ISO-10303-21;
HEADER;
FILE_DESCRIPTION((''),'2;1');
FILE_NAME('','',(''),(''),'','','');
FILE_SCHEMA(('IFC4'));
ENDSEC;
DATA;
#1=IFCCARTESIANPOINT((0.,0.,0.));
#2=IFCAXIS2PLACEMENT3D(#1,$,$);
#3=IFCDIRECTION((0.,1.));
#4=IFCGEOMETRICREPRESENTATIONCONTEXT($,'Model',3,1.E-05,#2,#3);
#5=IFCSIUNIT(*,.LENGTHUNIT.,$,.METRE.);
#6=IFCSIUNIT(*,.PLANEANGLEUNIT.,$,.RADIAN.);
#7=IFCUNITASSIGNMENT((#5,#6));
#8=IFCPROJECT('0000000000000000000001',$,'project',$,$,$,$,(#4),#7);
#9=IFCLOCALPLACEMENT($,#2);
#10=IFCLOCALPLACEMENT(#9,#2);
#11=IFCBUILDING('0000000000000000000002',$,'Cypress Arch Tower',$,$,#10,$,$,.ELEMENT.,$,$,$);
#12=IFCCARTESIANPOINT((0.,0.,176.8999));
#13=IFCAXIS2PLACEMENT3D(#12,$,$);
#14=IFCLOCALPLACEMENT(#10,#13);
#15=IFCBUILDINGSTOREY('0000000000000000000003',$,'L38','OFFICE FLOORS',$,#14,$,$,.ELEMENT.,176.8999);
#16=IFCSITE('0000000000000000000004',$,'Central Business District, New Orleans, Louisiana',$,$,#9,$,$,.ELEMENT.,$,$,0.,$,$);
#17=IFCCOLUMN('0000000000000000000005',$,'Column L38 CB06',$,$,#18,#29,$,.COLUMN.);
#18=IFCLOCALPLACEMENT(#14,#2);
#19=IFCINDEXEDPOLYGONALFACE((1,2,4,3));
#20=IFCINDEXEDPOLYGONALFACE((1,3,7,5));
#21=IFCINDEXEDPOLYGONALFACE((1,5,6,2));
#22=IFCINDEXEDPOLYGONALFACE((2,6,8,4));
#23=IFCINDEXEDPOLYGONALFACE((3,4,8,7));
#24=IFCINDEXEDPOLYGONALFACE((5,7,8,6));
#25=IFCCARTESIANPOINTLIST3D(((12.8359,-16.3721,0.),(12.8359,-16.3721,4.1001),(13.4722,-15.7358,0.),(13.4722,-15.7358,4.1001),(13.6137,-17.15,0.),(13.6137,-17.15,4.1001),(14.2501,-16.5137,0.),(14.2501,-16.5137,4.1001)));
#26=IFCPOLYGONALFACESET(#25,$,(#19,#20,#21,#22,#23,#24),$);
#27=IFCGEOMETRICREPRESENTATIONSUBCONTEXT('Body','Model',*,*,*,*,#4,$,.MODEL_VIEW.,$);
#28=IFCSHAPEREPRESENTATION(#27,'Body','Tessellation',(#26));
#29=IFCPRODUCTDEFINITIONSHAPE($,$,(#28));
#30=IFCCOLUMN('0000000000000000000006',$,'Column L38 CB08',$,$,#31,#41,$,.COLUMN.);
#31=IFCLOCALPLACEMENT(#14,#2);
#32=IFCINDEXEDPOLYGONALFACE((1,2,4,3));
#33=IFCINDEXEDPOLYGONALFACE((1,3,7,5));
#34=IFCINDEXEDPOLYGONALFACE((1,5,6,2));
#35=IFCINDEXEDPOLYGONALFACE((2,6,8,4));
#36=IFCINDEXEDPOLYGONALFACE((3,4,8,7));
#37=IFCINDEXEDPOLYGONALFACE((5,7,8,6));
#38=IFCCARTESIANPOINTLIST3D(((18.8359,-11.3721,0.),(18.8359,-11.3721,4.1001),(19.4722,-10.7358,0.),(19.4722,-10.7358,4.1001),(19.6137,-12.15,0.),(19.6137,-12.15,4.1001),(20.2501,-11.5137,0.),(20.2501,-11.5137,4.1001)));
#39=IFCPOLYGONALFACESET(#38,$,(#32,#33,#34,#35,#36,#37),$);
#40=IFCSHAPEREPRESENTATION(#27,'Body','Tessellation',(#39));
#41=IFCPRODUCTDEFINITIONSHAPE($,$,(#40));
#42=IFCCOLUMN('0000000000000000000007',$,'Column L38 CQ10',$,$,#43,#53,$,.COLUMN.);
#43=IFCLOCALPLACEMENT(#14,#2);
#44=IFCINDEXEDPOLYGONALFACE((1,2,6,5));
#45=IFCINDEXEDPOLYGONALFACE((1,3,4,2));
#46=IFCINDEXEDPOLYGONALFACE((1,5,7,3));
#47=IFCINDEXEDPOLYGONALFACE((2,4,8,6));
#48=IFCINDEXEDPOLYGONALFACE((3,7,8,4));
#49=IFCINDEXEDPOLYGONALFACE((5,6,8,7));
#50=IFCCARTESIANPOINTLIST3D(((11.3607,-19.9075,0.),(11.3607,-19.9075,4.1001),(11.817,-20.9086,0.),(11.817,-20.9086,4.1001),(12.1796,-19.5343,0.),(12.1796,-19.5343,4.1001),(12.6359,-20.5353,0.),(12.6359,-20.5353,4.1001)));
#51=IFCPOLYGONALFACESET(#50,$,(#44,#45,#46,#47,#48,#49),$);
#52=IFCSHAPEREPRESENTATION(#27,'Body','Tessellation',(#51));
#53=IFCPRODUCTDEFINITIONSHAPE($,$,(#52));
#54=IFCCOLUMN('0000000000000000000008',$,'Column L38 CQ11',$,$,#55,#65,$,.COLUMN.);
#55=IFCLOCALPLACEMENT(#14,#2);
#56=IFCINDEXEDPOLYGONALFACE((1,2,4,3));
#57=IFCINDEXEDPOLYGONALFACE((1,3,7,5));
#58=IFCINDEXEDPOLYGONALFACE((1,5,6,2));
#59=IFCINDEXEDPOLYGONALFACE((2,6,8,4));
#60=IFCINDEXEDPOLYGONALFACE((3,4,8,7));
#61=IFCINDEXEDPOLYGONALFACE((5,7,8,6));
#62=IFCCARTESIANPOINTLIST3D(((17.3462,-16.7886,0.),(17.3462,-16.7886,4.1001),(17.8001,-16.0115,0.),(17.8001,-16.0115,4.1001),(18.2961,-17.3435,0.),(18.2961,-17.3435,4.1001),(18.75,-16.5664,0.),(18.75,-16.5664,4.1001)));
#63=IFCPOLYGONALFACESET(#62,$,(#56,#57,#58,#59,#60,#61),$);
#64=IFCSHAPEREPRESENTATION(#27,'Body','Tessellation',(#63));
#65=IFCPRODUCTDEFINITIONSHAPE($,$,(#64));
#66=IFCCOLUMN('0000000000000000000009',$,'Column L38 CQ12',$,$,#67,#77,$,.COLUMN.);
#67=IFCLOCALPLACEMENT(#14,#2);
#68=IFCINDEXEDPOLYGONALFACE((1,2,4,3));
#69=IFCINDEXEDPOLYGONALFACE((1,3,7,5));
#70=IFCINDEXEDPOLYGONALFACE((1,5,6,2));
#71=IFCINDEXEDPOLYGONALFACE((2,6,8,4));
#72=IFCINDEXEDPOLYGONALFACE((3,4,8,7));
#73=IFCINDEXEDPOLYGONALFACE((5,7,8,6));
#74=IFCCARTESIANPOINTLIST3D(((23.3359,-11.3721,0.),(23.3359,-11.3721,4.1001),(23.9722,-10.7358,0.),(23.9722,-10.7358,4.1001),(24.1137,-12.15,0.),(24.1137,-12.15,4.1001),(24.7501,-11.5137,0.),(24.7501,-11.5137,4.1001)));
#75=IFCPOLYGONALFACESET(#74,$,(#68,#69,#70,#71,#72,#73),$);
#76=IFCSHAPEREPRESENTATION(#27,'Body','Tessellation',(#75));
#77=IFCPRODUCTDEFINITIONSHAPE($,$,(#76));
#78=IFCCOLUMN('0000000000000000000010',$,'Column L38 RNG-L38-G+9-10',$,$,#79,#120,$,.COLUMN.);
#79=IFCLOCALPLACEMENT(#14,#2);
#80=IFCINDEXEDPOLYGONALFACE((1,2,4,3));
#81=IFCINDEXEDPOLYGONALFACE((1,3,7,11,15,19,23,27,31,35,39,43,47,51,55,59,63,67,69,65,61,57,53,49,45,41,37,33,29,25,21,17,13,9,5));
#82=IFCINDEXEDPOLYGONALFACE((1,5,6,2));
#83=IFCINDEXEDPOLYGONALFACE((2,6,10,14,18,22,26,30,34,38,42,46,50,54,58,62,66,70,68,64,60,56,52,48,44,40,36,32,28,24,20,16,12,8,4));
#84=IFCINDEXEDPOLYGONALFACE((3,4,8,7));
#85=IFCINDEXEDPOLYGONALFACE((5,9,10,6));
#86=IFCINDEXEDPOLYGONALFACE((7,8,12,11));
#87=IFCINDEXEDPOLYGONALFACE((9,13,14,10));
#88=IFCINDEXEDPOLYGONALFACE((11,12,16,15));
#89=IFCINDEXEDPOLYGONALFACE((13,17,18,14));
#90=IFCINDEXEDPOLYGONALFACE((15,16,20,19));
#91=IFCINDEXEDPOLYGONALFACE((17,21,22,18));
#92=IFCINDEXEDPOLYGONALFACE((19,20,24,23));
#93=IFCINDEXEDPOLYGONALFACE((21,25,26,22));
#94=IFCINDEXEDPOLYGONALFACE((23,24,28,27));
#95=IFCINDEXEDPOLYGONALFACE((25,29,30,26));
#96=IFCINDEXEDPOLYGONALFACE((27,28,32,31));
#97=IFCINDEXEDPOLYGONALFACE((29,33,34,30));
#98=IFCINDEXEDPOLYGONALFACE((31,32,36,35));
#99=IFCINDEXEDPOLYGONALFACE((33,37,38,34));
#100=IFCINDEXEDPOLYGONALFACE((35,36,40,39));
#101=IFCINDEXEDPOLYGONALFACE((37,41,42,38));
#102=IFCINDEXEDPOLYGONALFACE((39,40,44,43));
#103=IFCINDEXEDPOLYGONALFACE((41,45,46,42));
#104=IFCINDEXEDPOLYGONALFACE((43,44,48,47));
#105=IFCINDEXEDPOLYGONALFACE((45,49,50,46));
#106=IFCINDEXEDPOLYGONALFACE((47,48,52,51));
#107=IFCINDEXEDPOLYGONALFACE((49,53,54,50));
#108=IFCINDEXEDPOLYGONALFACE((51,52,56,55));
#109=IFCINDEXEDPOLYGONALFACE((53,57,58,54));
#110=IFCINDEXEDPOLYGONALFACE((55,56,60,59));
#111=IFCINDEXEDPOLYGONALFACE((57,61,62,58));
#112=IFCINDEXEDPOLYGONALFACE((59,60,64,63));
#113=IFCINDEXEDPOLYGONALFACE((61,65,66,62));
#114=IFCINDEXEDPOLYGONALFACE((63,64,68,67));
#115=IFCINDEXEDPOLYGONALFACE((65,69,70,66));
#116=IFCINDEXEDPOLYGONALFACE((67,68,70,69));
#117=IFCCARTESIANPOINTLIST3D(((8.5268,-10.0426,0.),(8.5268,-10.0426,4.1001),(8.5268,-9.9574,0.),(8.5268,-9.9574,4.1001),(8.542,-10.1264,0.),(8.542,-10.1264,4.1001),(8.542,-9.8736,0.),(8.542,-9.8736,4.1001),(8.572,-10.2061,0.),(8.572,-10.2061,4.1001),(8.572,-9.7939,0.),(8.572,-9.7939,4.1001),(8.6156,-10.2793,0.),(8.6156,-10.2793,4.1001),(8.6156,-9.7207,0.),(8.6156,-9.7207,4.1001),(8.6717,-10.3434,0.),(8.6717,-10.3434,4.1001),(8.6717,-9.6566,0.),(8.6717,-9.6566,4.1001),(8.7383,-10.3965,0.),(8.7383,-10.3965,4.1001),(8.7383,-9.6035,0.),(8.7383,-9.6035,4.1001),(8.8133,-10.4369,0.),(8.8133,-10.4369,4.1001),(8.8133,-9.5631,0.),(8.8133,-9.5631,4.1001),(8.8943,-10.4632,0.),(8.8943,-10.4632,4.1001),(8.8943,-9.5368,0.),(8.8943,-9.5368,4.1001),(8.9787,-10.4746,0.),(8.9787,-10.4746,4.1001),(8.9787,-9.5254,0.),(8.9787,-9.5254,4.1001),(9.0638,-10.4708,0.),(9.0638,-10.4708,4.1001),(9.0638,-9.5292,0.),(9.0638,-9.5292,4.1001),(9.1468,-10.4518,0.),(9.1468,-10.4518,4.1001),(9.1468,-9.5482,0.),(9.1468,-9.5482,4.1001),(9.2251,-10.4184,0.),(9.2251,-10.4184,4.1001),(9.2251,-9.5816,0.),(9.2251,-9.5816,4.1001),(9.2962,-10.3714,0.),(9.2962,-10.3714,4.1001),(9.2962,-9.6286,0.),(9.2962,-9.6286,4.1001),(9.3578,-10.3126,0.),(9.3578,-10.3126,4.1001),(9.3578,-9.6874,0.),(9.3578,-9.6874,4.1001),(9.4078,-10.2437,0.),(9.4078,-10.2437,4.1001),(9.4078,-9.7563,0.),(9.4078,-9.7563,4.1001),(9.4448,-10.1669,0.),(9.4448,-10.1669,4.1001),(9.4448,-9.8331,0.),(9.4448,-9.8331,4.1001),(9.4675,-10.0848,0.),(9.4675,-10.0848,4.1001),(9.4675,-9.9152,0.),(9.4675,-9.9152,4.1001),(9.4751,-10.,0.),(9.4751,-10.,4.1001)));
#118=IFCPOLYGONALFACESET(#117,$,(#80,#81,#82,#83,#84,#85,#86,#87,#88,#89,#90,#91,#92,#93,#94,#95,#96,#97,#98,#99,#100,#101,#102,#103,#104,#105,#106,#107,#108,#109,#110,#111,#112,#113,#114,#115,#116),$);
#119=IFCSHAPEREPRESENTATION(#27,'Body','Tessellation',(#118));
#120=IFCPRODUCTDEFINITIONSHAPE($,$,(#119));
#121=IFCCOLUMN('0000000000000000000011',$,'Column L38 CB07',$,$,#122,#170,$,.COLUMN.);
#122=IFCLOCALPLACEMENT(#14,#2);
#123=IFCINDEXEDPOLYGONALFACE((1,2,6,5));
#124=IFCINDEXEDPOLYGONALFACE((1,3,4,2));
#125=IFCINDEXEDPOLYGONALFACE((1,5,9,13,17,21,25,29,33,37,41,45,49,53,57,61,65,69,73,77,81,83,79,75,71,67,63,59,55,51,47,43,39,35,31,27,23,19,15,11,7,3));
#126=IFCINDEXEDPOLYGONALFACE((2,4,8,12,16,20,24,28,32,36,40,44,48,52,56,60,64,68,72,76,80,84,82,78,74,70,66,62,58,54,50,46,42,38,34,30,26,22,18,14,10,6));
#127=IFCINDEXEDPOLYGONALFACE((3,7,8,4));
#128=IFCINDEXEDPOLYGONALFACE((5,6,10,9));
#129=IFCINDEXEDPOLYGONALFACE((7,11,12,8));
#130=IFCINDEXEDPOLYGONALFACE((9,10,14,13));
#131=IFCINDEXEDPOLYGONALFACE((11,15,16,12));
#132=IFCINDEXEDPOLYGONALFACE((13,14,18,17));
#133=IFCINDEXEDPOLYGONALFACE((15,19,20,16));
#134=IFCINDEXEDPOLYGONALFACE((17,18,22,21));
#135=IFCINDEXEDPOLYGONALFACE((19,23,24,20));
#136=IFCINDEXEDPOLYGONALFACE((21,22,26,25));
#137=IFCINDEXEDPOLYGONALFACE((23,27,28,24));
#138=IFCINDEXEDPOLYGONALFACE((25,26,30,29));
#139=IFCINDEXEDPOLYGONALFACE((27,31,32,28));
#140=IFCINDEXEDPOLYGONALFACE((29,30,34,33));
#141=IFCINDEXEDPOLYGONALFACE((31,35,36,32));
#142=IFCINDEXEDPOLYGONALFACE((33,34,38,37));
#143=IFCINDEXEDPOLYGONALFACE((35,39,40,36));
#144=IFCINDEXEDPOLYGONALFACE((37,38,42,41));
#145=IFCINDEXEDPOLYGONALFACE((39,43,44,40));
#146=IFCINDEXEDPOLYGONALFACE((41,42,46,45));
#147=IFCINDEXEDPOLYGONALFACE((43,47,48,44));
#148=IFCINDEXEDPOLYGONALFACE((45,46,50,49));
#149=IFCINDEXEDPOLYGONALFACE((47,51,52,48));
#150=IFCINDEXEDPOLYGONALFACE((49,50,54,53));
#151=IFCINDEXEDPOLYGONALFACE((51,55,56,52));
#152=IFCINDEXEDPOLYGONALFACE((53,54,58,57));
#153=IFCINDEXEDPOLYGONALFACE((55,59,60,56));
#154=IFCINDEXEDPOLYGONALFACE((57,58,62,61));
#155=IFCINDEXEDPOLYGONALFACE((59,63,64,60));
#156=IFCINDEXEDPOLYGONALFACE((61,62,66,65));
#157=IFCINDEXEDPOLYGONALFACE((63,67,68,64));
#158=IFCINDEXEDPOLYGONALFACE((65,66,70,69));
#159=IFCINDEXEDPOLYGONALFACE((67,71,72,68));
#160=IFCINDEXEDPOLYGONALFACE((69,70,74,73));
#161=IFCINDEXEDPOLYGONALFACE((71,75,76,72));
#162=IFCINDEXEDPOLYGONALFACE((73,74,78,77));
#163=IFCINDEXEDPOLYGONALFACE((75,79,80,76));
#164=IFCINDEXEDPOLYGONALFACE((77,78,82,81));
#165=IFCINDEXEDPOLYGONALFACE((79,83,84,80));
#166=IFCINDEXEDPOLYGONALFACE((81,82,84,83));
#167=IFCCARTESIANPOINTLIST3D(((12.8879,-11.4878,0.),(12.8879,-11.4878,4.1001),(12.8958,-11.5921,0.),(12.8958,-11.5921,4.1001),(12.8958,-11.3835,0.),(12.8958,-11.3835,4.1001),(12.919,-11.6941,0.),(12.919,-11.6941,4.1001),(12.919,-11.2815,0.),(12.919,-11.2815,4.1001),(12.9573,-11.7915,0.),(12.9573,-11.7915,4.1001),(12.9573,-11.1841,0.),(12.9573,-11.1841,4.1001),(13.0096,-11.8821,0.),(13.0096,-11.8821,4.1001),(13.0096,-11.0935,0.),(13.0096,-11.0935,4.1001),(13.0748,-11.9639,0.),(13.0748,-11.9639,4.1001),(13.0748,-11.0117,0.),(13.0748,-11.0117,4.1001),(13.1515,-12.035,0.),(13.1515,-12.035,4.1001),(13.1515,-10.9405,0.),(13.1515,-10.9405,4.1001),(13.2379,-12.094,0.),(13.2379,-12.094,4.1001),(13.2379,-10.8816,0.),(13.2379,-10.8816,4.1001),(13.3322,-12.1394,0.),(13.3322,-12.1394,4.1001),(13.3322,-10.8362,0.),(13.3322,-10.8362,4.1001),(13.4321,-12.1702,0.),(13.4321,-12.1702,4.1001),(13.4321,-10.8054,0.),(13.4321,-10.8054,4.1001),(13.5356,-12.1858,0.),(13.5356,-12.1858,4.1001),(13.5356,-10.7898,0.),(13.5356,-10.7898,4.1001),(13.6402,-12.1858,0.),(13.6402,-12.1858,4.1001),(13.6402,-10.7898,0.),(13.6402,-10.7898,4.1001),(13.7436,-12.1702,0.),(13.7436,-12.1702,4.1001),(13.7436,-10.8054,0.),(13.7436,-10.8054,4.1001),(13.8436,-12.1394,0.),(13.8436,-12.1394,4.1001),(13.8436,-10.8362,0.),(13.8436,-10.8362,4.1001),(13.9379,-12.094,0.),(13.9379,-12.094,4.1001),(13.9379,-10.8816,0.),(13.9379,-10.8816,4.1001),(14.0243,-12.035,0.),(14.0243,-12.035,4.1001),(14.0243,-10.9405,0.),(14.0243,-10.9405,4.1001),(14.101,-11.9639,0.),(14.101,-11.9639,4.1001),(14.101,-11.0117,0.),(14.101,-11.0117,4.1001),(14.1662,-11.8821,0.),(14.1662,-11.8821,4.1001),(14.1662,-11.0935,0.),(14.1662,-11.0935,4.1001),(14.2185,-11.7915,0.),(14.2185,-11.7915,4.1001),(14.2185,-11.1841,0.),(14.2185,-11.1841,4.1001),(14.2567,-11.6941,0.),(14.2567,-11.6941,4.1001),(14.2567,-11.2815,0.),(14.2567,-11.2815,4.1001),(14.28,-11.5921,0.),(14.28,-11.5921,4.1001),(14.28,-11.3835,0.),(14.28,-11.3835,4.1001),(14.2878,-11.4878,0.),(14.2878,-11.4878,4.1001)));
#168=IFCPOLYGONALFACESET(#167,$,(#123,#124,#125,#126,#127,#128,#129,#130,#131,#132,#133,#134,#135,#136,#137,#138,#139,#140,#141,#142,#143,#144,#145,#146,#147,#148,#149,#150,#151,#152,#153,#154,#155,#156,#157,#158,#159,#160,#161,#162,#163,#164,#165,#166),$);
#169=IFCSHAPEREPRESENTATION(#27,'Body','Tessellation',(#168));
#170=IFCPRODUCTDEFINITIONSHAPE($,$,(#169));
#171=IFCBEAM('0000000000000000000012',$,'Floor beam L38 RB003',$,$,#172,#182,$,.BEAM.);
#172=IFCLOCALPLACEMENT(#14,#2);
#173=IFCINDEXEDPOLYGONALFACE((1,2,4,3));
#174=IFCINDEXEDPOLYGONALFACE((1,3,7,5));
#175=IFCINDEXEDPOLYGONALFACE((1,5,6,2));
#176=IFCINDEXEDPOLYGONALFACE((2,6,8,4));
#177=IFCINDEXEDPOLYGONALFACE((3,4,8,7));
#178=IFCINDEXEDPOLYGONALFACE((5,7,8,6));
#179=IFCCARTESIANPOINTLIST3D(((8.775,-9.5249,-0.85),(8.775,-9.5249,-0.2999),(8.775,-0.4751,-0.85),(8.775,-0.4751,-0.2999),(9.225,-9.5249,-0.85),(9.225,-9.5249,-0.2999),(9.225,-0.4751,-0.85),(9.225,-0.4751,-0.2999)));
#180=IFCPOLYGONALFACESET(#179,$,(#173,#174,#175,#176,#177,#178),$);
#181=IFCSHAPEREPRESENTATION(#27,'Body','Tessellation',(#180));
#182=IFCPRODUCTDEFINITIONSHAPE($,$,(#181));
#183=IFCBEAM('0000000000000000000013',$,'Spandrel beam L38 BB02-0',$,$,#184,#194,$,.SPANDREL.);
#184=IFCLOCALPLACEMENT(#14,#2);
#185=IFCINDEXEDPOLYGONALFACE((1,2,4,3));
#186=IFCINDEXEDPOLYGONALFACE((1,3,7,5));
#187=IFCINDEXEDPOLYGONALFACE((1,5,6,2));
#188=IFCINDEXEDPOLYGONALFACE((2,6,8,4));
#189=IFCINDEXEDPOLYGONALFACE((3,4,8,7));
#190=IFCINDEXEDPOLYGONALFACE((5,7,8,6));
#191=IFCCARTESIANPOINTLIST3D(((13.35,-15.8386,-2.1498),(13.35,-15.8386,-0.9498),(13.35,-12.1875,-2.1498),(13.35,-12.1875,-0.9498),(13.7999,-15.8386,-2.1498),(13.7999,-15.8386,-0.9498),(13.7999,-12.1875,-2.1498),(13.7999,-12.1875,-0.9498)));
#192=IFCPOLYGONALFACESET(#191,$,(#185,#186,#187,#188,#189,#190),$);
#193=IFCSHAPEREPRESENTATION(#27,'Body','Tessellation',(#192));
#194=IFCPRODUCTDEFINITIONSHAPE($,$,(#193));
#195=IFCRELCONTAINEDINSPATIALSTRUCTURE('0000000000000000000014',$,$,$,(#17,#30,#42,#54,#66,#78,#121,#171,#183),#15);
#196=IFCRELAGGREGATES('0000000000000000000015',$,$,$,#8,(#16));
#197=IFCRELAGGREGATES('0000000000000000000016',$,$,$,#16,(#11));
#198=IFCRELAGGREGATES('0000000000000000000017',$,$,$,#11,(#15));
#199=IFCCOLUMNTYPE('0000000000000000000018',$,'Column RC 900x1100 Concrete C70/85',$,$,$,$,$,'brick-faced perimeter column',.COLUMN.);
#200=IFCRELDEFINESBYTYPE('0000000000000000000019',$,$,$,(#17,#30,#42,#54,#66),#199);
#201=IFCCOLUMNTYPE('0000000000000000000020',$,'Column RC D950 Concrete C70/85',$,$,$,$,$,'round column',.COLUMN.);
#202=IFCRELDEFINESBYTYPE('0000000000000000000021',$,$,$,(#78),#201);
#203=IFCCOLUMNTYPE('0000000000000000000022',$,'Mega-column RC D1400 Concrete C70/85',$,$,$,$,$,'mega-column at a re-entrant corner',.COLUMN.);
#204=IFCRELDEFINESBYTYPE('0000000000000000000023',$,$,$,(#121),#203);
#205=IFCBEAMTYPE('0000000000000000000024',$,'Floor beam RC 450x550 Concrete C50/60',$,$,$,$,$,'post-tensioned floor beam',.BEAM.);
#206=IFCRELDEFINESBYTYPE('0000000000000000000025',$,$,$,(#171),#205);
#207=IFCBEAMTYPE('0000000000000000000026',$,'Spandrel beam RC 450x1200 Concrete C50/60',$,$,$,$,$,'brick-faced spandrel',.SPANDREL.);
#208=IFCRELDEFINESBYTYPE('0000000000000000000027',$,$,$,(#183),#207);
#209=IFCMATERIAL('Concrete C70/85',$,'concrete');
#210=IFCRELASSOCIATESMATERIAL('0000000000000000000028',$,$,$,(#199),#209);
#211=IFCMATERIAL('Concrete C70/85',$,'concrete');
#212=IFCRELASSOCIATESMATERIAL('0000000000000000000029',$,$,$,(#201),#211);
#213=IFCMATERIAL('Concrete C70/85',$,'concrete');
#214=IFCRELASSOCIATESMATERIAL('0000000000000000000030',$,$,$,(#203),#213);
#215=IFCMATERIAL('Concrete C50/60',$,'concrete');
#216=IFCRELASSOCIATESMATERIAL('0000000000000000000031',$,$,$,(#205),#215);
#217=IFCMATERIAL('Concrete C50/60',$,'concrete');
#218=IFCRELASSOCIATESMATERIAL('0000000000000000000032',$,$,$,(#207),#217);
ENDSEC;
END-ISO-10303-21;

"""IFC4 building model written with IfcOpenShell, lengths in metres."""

from ifc_helpers import new_model, si_unit, direction, frame, origin, origin_2d, place, context, subcontext, project, spatial, rectangle, circle, extrude, material, material_profile, profile_set, type_object, element, save


model = new_model("IFC4")

# Units and contexts
model_context = context("Model", 3, precision=1e-05, world=origin(), true_north=direction((0.0, 1.0)))
body_context = subcontext(model_context, "Body", "Model", "MODEL_VIEW")
ifc_project = project(units=[si_unit("LENGTHUNIT", "METRE"), si_unit("PLANEANGLEUNIT", "RADIAN")], contexts=[model_context])

# Site, building, storey
site_placement = place(None, origin())
site = spatial("IfcSite", under=ifc_project, at=site_placement, Name="Central Business District, New Orleans, Louisiana", CompositionType="ELEMENT", RefElevation=0.0)
building_placement = place(site_placement, origin())
building = spatial("IfcBuilding", under=site, at=building_placement, Name="Cypress Arch Tower", CompositionType="ELEMENT")
storey_placement = place(building_placement, frame((0.0, 0.0, 176.8999)))
storey = spatial("IfcBuildingStorey", under=building, at=storey_placement, Name="L38", Description="OFFICE FLOORS", CompositionType="ELEMENT", Elevation=176.8999)

# Columns
ifc_material_1 = material(Name="Concrete C70/85", Category="concrete")
ifc_material_profile_1 = material_profile(ifc_material_1, rectangle(XDim=0.8999, YDim=1.1001, at=origin_2d()), Name="RC 900x1100")
ifc_profile_set_1 = profile_set([ifc_material_profile_1], Name="Concrete C70/85")
column_type_1 = type_object("IfcColumnType", Name="Column RC 900x1100 Concrete C70/85", ElementType="brick-faced perimeter column", PredefinedType="COLUMN", material=ifc_profile_set_1)
for number, where, z_axis, x_axis, name in (
    (1, (13.543, -16.4429, 0.0), (0.0, 0.0, 1.0), (0.707107, 0.707107, 0.0), "Column L38 CB06"),
    (2, (19.543, -11.4429, 0.0), (0.0, 0.0, 1.0), (0.707107, 0.707107, 0.0), "Column L38 CB08"),
    (3, (11.9983, -20.2214, 0.0), (0.0, 0.0, 1.0), (0.909932, 0.414757, 0.0), "Column L38 CQ10"),
    (4, (18.0481, -16.6775, 0.0), (0.0, 0.0, 1.0), (0.504399, 0.863471, 0.0), "Column L38 CQ11"),
    (5, (24.043, -11.4429, 0.0), (0.0, 0.0, 1.0), (0.707107, 0.707107, 0.0), "Column L38 CQ12"),
):
    element("IfcColumn", number, at=place(storey_placement, frame(where, z_axis=z_axis, x_axis=x_axis)), inside=storey, type_object=column_type_1, Name=name, PredefinedType="COLUMN", context=body_context, shape_type="SweptSolid", body=[
        extrude(rectangle(XDim=0.8999, YDim=1.1001, at=origin_2d()), origin(), (0.0, 0.0, 1.0), 4.1001),
    ])
ifc_material_2 = material(Name="Concrete C70/85", Category="concrete")
ifc_material_profile_2 = material_profile(ifc_material_2, circle(Radius=0.4751, at=origin_2d()), Name="RC D950")
ifc_profile_set_2 = profile_set([ifc_material_profile_2], Name="Concrete C70/85")
column_type_2 = type_object("IfcColumnType", Name="Column RC D950 Concrete C70/85", ElementType="round column", PredefinedType="COLUMN", material=ifc_profile_set_2)
column_1_placement = place(storey_placement, frame((9.0, -10.0, 0.0), z_axis=(0.0, 0.0, 1.0), x_axis=(1.0, 0.0, 0.0)))
element("IfcColumn", 6, at=column_1_placement, inside=storey, type_object=column_type_2, Name="Column L38 RNG-L38-G+9-10", PredefinedType="COLUMN", context=body_context, shape_type="SweptSolid", body=[
    extrude(circle(Radius=0.4751, at=origin_2d()), origin(), (0.0, 0.0, 1.0), 4.1001),
])
ifc_material_3 = material(Name="Concrete C70/85", Category="concrete")
ifc_material_profile_3 = material_profile(ifc_material_3, circle(Radius=0.7, at=origin_2d()), Name="RC D1400")
ifc_profile_set_3 = profile_set([ifc_material_profile_3], Name="Concrete C70/85")
column_type_3 = type_object("IfcColumnType", Name="Mega-column RC D1400 Concrete C70/85", ElementType="mega-column at a re-entrant corner", PredefinedType="COLUMN", material=ifc_profile_set_3)
column_2_placement = place(storey_placement, frame((13.5879, -11.4878, 0.0), z_axis=(0.0, 0.0, 1.0), x_axis=(1.0, 0.0, 0.0)))
element("IfcColumn", 7, at=column_2_placement, inside=storey, type_object=column_type_3, Name="Column L38 CB07", PredefinedType="COLUMN", context=body_context, shape_type="SweptSolid", body=[
    extrude(circle(Radius=0.7, at=origin_2d()), origin(), (0.0, 0.0, 1.0), 4.1001),
])

# Beams
ifc_material_4 = material(Name="Concrete C50/60", Category="concrete")
ifc_material_profile_4 = material_profile(ifc_material_4, rectangle(XDim=0.45, YDim=0.55, at=origin_2d()), Name="RC 450x550")
ifc_profile_set_4 = profile_set([ifc_material_profile_4], Name="Concrete C50/60")
beam_type_1 = type_object("IfcBeamType", Name="Floor beam RC 450x550 Concrete C50/60", ElementType="post-tensioned floor beam", PredefinedType="BEAM", material=ifc_profile_set_4)
beam_1_placement = place(storey_placement, frame((9.0, -9.5249, -0.575), z_axis=(0.0, 1.0, 0.0), x_axis=(-1.0, 0.0, 0.0)))
element("IfcBeam", 8, at=beam_1_placement, inside=storey, type_object=beam_type_1, Name="Floor beam L38 RB003", PredefinedType="BEAM", context=body_context, shape_type="SweptSolid", body=[
    extrude(rectangle(XDim=0.45, YDim=0.55, at=origin_2d()), origin(), (0.0, 0.0, 1.0), 9.0498),
])
ifc_material_5 = material(Name="Concrete C50/60", Category="concrete")
ifc_material_profile_5 = material_profile(ifc_material_5, rectangle(XDim=0.45, YDim=1.2, at=origin_2d()), Name="RC 450x1200")
ifc_profile_set_5 = profile_set([ifc_material_profile_5], Name="Concrete C50/60")
beam_type_2 = type_object("IfcBeamType", Name="Spandrel beam RC 450x1200 Concrete C50/60", ElementType="brick-faced spandrel", PredefinedType="SPANDREL", material=ifc_profile_set_5)
beam_2_placement = place(storey_placement, frame((13.575, -15.8386, -1.5498), z_axis=(0.0, 1.0, 0.0), x_axis=(-1.0, 0.0, 0.0)))
element("IfcBeam", 9, at=beam_2_placement, inside=storey, type_object=beam_type_2, Name="Spandrel beam L38 BB02-0", PredefinedType="SPANDREL", context=body_context, shape_type="SweptSolid", body=[
    extrude(rectangle(XDim=0.45, YDim=1.2, at=origin_2d()), origin(), (0.0, 0.0, 1.0), 3.6511),
])

save(model, "model.ifc")
